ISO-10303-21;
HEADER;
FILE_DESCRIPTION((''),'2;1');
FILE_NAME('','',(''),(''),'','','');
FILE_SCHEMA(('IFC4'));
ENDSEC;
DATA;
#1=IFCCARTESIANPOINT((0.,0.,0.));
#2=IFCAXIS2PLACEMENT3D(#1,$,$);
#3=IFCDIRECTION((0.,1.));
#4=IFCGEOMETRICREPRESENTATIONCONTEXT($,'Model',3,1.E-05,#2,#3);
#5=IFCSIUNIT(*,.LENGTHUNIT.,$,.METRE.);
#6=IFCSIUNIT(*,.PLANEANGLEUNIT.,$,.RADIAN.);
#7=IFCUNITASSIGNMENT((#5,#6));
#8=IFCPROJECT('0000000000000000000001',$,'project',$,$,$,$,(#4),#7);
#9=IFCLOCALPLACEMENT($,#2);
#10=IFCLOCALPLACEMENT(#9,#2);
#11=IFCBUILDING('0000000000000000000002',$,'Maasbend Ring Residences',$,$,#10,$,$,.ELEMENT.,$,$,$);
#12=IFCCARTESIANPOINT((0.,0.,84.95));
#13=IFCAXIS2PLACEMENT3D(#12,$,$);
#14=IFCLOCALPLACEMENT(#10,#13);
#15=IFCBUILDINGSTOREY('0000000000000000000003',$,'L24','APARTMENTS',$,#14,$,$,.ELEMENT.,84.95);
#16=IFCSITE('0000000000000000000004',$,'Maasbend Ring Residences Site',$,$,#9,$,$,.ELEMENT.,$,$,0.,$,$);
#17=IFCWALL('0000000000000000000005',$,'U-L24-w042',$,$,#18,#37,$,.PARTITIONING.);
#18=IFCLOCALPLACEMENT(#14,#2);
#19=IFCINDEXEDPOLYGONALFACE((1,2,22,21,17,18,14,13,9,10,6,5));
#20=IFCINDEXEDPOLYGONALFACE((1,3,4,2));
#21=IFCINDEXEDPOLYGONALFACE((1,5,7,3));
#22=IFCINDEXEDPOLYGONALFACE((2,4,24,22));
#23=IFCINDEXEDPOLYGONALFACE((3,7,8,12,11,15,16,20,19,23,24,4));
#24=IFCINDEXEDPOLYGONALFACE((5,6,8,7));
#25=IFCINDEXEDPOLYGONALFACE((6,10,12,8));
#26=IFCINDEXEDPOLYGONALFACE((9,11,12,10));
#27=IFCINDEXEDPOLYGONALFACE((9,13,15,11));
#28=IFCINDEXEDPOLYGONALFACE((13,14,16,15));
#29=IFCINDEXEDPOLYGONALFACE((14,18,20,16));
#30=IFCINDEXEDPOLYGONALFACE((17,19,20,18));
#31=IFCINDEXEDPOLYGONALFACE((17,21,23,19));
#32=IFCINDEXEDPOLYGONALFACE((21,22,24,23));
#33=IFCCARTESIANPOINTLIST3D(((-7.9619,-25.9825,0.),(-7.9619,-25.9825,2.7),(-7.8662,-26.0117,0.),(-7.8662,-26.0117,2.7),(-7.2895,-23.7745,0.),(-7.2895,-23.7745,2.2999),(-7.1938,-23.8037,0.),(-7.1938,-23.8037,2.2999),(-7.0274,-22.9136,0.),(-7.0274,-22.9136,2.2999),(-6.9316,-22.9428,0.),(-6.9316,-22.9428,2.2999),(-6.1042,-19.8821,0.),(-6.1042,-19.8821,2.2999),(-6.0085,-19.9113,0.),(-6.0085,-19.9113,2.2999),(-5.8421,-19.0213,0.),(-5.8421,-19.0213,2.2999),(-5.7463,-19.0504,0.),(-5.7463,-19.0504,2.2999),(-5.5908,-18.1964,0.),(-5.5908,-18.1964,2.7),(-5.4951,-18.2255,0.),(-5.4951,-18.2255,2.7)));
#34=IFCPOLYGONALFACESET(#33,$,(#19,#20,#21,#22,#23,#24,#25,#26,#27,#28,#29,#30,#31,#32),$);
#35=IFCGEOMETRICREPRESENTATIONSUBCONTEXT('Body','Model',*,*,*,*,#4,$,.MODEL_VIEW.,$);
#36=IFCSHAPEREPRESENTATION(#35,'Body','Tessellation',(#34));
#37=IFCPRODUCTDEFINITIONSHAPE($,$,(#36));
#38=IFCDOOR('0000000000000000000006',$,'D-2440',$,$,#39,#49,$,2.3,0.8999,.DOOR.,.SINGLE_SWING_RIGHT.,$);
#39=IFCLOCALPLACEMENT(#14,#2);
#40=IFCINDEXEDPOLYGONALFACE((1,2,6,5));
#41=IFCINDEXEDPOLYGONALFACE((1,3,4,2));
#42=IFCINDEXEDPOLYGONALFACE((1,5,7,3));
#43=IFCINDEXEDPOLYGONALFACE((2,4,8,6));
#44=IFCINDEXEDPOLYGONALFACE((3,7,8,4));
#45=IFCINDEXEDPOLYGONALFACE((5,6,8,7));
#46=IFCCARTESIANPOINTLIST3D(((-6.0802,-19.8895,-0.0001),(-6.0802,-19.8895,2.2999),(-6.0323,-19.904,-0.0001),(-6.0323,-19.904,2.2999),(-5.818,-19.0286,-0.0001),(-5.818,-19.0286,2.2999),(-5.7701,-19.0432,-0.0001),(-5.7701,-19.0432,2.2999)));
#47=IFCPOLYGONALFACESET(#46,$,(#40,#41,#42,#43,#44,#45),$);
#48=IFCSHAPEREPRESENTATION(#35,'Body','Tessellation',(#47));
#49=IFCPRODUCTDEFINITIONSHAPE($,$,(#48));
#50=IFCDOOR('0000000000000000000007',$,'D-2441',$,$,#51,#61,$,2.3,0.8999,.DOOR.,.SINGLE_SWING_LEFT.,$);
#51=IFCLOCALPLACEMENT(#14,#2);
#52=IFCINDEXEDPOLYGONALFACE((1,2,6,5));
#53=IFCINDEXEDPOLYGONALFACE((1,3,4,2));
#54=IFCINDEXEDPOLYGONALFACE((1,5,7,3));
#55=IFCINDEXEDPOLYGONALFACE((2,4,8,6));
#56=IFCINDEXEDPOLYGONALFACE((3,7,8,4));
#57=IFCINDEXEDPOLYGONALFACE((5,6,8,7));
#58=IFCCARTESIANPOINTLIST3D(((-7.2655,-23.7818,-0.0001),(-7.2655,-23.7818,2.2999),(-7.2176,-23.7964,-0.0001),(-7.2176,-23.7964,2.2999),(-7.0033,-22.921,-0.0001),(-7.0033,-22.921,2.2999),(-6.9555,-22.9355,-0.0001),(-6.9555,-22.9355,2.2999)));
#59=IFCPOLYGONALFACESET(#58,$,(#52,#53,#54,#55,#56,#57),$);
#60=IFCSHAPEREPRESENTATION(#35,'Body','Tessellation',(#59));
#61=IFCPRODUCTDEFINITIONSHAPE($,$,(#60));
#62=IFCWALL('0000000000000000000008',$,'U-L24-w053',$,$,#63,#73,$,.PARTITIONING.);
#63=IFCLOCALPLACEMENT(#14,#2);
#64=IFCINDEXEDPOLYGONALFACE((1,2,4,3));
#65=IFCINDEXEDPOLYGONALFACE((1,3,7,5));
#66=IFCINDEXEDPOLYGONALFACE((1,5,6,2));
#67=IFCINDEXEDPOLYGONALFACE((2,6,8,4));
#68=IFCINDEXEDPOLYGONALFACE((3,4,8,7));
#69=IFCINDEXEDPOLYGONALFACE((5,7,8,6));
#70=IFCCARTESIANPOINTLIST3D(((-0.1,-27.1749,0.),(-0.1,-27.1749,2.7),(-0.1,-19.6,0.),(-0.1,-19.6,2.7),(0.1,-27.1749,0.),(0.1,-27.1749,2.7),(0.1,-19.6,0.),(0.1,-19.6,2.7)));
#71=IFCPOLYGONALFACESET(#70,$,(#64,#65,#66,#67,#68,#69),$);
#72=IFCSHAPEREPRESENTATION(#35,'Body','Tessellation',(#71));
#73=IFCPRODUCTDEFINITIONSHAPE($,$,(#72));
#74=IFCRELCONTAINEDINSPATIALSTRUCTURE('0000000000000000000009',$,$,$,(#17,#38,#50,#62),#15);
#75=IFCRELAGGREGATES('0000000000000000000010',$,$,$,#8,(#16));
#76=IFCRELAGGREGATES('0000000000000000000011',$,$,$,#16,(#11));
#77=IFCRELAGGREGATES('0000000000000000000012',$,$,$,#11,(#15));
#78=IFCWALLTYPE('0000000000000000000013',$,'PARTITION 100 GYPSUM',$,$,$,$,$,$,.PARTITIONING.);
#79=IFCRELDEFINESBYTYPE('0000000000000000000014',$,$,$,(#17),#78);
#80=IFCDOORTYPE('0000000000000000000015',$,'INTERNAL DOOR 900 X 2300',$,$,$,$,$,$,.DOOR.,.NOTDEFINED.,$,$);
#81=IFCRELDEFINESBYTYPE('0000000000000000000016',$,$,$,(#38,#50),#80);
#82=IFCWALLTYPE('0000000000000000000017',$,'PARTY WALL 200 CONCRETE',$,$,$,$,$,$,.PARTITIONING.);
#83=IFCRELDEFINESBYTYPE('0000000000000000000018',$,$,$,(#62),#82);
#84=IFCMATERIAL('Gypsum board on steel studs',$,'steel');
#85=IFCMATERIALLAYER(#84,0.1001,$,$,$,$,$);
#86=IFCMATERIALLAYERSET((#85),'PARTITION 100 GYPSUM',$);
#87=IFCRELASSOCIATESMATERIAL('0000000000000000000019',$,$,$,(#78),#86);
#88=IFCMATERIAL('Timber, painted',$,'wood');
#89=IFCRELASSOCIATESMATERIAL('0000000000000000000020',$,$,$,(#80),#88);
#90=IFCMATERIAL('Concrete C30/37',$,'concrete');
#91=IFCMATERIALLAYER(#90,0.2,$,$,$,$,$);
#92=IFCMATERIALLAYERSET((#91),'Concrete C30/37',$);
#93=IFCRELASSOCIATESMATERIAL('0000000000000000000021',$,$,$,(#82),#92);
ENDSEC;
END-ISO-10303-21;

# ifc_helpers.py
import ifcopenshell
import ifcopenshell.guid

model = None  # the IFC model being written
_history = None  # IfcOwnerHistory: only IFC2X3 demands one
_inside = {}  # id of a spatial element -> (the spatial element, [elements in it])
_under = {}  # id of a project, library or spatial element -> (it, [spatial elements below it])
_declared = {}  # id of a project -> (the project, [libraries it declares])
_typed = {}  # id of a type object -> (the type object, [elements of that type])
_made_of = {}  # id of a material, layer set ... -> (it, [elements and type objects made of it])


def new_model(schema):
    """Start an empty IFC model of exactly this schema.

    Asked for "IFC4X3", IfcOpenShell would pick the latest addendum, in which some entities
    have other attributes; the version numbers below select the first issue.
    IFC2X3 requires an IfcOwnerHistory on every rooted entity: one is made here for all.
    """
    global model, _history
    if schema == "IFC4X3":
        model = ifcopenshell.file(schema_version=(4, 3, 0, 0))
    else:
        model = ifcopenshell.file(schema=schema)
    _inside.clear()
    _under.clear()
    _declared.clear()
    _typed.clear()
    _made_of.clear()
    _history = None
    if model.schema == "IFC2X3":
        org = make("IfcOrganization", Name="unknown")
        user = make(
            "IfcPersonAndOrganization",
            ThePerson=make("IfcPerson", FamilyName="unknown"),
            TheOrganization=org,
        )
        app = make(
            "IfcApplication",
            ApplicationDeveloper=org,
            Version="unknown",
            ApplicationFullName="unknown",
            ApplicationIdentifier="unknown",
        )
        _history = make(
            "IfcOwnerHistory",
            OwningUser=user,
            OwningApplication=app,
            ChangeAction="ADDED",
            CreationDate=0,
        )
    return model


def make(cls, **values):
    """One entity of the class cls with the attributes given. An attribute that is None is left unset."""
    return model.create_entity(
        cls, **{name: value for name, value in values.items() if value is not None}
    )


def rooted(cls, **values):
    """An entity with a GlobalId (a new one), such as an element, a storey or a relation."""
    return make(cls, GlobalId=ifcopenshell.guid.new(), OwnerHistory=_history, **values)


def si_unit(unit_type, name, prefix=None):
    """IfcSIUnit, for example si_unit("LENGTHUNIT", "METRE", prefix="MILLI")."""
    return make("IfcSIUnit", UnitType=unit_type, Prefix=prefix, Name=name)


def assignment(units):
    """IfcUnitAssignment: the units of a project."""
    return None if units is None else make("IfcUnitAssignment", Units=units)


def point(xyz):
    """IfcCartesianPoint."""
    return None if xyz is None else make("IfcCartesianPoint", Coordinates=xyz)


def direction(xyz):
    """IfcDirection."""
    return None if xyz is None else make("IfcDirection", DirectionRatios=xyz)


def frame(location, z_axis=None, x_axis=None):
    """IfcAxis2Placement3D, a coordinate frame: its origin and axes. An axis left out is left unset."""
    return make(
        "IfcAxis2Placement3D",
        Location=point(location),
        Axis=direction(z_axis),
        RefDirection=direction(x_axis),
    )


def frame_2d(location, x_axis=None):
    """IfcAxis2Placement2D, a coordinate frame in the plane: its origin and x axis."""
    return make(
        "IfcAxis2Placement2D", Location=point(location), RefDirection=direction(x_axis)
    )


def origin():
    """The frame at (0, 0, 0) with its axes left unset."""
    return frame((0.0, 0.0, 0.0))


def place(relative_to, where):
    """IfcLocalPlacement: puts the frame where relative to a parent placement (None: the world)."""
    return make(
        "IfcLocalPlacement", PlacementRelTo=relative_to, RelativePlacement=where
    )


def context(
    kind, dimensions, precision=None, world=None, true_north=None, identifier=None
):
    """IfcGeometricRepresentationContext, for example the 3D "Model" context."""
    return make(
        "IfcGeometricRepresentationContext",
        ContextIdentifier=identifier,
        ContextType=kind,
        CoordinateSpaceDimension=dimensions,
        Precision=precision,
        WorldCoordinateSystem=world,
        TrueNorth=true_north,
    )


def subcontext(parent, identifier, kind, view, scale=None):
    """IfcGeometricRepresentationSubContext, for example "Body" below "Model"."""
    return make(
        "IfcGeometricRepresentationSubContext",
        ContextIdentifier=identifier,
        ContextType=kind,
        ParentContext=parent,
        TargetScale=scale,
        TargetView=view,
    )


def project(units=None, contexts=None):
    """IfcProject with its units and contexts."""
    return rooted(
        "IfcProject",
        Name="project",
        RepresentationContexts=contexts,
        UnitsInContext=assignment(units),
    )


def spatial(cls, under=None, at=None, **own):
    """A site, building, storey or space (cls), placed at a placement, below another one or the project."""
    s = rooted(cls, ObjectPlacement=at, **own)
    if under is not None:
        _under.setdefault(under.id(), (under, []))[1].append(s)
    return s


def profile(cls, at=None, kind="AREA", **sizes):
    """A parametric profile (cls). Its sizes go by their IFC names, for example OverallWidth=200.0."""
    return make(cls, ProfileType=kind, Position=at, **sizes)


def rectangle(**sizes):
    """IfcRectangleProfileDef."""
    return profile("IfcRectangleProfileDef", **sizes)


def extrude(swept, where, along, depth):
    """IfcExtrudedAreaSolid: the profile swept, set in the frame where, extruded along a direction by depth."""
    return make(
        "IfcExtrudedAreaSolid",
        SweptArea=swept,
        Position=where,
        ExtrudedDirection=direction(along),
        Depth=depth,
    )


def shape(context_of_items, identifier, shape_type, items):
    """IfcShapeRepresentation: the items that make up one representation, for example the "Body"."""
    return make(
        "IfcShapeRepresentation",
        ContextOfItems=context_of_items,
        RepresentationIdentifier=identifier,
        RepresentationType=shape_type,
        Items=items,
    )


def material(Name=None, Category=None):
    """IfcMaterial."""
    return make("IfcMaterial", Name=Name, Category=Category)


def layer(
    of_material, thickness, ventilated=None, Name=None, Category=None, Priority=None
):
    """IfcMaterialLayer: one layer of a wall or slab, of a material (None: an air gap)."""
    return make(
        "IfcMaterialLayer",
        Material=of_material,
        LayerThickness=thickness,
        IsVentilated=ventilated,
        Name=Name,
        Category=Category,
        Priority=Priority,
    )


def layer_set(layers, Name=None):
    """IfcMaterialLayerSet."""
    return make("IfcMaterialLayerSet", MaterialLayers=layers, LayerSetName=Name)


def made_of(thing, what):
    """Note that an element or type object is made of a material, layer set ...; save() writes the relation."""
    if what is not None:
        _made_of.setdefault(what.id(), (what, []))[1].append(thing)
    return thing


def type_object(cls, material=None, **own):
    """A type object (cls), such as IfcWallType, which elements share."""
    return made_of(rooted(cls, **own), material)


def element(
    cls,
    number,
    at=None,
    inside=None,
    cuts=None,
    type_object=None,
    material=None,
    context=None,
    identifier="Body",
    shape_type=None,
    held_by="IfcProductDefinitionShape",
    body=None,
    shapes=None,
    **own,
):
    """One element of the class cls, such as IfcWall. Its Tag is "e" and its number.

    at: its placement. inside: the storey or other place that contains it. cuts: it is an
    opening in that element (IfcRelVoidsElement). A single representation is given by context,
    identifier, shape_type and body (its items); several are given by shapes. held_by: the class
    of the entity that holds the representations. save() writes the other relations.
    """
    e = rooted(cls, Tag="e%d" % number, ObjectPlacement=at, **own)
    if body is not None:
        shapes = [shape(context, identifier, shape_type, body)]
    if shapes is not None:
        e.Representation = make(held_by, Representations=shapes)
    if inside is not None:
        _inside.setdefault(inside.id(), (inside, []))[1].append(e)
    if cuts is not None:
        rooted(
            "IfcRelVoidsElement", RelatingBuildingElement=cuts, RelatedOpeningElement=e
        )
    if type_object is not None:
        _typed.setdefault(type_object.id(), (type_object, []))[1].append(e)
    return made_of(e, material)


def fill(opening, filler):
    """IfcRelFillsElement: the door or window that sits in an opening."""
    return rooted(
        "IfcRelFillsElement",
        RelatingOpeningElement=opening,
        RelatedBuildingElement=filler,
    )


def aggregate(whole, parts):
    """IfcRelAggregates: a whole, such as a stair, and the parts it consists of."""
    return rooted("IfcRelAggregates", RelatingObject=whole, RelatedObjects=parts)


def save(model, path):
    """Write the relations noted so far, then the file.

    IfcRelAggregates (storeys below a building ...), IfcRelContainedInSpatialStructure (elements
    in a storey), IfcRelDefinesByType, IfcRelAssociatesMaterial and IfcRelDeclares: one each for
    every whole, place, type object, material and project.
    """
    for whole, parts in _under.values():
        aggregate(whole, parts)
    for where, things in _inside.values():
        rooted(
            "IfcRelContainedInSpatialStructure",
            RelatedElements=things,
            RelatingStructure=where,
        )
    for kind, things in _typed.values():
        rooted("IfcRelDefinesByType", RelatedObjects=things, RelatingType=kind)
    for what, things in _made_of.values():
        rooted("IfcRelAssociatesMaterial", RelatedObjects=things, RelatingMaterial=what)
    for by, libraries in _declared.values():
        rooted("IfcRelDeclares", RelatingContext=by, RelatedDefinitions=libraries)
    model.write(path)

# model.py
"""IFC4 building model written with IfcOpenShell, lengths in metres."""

from ifc_helpers import new_model, si_unit, direction, frame, frame_2d, origin, place, context, subcontext, project, spatial, rectangle, extrude, material, layer, layer_set, type_object, element, fill, save


model = new_model("IFC4")

# Units and contexts
model_context = context("Model", 3, precision=1e-05, world=origin(), true_north=direction((0.0, 1.0)))
body_context = subcontext(model_context, "Body", "Model", "MODEL_VIEW")
ifc_project = project(units=[si_unit("LENGTHUNIT", "METRE"), si_unit("PLANEANGLEUNIT", "RADIAN")], contexts=[model_context])

# Site, building, storey
site_placement = place(None, origin())
site = spatial("IfcSite", under=ifc_project, at=site_placement, Name="Maasbend Ring Residences Site", CompositionType="ELEMENT", RefElevation=0.0)
building_placement = place(site_placement, origin())
building = spatial("IfcBuilding", under=site, at=building_placement, Name="Maasbend Ring Residences", CompositionType="ELEMENT")
storey_placement = place(building_placement, frame((0.0, 0.0, 84.95)))
storey = spatial("IfcBuildingStorey", under=building, at=storey_placement, Name="L24", Description="APARTMENTS", CompositionType="ELEMENT", Elevation=84.95)

# Wall, openings, doors
ifc_material_1 = material(Name="Gypsum board on steel studs", Category="steel")
ifc_layer_1 = layer(ifc_material_1, 0.1001)
ifc_layer_set_1 = layer_set([ifc_layer_1], Name="PARTITION 100 GYPSUM")
wall_type_1 = type_object("IfcWallType", Name="PARTITION 100 GYPSUM", PredefinedType="PARTITIONING", material=ifc_layer_set_1)
wall_1_placement = place(storey_placement, frame((-7.9141, -25.9971, 0.0), z_axis=(0.0, 0.0, 1.0), x_axis=(0.291319, 0.956626, 0.0)))
wall_1 = element("IfcWall", 1, at=wall_1_placement, inside=storey, type_object=wall_type_1, Name="U-L24-w042", PredefinedType="PARTITIONING", context=body_context, shape_type="SweptSolid", body=[
    extrude(rectangle(XDim=8.1392, YDim=0.1001, at=frame_2d((4.0696, 0.0))), origin(), (0.0, 0.0, 1.0), 2.7),
])
opening_1_placement = place(wall_1_placement, frame((6.377, 0.0, 0.0)))
opening_1 = element("IfcOpeningElement", 2, at=opening_1_placement, cuts=wall_1, PredefinedType="OPENING", context=body_context, shape_type="SweptSolid", body=[
    extrude(rectangle(XDim=0.8999, YDim=2.3, at=frame_2d((0.45, 1.1499))), frame((0.0, 0.0601, 0.0), z_axis=(0.0, -1.0, 0.0), x_axis=(1.0, 0.0, 0.0)), (0.0, 0.0, 1.0), 0.1201),
])
opening_2_placement = place(wall_1_placement, frame((2.3081, 0.0, 0.0)))
opening_2 = element("IfcOpeningElement", 3, at=opening_2_placement, cuts=wall_1, PredefinedType="OPENING", context=body_context, shape_type="SweptSolid", body=[
    extrude(rectangle(XDim=0.8999, YDim=2.3, at=frame_2d((0.45, 1.1499))), frame((0.0, 0.0601, 0.0), z_axis=(0.0, -1.0, 0.0), x_axis=(1.0, 0.0, 0.0)), (0.0, 0.0, 1.0), 0.1201),
])
ifc_material_2 = material(Name="Timber, painted", Category="wood")
door_type_1 = type_object("IfcDoorType", Name="INTERNAL DOOR 900 X 2300", OperationType="NOTDEFINED", PredefinedType="DOOR", material=ifc_material_2)
door_1_placement = place(opening_1_placement, origin())
door_1 = element("IfcDoor", 4, at=door_1_placement, inside=storey, type_object=door_type_1, Name="D-2440", OperationType="SINGLE_SWING_RIGHT", OverallHeight=2.3, OverallWidth=0.8999, PredefinedType="DOOR", context=body_context, shape_type="SweptSolid", body=[
    extrude(rectangle(XDim=0.8999, YDim=2.3, at=frame_2d((0.45, 1.1499))), frame((0.0, 0.0249, 0.0), z_axis=(0.0, -1.0, 0.0), x_axis=(1.0, 0.0, 0.0)), (0.0, 0.0, 1.0), 0.05),
])
fill(opening_1, door_1)
door_2_placement = place(opening_2_placement, origin())
door_2 = element("IfcDoor", 5, at=door_2_placement, inside=storey, type_object=door_type_1, Name="D-2441", OperationType="SINGLE_SWING_LEFT", OverallHeight=2.3, OverallWidth=0.8999, PredefinedType="DOOR", context=body_context, shape_type="SweptSolid", body=[
    extrude(rectangle(XDim=0.8999, YDim=2.3, at=frame_2d((0.45, 1.1499))), frame((0.0, 0.0249, 0.0), z_axis=(0.0, -1.0, 0.0), x_axis=(1.0, 0.0, 0.0)), (0.0, 0.0, 1.0), 0.05),
])
fill(opening_2, door_2)

# Wall
ifc_material_3 = material(Name="Concrete C30/37", Category="concrete")
ifc_layer_2 = layer(ifc_material_3, 0.2)
ifc_layer_set_2 = layer_set([ifc_layer_2], Name="Concrete C30/37")
wall_type_2 = type_object("IfcWallType", Name="PARTY WALL 200 CONCRETE", PredefinedType="PARTITIONING", material=ifc_layer_set_2)
wall_2_placement = place(storey_placement, frame((0.0, -27.175, 0.0), z_axis=(0.0, 0.0, 1.0), x_axis=(0.0, 1.0, 0.0)))
element("IfcWall", 6, at=wall_2_placement, inside=storey, type_object=wall_type_2, Name="U-L24-w053", PredefinedType="PARTITIONING", context=body_context, shape_type="SweptSolid", body=[
    extrude(rectangle(XDim=7.575, YDim=0.2, at=frame_2d((3.7876, 0.0))), origin(), (0.0, 0.0, 1.0), 2.7),
])

save(model, "model.ifc")
